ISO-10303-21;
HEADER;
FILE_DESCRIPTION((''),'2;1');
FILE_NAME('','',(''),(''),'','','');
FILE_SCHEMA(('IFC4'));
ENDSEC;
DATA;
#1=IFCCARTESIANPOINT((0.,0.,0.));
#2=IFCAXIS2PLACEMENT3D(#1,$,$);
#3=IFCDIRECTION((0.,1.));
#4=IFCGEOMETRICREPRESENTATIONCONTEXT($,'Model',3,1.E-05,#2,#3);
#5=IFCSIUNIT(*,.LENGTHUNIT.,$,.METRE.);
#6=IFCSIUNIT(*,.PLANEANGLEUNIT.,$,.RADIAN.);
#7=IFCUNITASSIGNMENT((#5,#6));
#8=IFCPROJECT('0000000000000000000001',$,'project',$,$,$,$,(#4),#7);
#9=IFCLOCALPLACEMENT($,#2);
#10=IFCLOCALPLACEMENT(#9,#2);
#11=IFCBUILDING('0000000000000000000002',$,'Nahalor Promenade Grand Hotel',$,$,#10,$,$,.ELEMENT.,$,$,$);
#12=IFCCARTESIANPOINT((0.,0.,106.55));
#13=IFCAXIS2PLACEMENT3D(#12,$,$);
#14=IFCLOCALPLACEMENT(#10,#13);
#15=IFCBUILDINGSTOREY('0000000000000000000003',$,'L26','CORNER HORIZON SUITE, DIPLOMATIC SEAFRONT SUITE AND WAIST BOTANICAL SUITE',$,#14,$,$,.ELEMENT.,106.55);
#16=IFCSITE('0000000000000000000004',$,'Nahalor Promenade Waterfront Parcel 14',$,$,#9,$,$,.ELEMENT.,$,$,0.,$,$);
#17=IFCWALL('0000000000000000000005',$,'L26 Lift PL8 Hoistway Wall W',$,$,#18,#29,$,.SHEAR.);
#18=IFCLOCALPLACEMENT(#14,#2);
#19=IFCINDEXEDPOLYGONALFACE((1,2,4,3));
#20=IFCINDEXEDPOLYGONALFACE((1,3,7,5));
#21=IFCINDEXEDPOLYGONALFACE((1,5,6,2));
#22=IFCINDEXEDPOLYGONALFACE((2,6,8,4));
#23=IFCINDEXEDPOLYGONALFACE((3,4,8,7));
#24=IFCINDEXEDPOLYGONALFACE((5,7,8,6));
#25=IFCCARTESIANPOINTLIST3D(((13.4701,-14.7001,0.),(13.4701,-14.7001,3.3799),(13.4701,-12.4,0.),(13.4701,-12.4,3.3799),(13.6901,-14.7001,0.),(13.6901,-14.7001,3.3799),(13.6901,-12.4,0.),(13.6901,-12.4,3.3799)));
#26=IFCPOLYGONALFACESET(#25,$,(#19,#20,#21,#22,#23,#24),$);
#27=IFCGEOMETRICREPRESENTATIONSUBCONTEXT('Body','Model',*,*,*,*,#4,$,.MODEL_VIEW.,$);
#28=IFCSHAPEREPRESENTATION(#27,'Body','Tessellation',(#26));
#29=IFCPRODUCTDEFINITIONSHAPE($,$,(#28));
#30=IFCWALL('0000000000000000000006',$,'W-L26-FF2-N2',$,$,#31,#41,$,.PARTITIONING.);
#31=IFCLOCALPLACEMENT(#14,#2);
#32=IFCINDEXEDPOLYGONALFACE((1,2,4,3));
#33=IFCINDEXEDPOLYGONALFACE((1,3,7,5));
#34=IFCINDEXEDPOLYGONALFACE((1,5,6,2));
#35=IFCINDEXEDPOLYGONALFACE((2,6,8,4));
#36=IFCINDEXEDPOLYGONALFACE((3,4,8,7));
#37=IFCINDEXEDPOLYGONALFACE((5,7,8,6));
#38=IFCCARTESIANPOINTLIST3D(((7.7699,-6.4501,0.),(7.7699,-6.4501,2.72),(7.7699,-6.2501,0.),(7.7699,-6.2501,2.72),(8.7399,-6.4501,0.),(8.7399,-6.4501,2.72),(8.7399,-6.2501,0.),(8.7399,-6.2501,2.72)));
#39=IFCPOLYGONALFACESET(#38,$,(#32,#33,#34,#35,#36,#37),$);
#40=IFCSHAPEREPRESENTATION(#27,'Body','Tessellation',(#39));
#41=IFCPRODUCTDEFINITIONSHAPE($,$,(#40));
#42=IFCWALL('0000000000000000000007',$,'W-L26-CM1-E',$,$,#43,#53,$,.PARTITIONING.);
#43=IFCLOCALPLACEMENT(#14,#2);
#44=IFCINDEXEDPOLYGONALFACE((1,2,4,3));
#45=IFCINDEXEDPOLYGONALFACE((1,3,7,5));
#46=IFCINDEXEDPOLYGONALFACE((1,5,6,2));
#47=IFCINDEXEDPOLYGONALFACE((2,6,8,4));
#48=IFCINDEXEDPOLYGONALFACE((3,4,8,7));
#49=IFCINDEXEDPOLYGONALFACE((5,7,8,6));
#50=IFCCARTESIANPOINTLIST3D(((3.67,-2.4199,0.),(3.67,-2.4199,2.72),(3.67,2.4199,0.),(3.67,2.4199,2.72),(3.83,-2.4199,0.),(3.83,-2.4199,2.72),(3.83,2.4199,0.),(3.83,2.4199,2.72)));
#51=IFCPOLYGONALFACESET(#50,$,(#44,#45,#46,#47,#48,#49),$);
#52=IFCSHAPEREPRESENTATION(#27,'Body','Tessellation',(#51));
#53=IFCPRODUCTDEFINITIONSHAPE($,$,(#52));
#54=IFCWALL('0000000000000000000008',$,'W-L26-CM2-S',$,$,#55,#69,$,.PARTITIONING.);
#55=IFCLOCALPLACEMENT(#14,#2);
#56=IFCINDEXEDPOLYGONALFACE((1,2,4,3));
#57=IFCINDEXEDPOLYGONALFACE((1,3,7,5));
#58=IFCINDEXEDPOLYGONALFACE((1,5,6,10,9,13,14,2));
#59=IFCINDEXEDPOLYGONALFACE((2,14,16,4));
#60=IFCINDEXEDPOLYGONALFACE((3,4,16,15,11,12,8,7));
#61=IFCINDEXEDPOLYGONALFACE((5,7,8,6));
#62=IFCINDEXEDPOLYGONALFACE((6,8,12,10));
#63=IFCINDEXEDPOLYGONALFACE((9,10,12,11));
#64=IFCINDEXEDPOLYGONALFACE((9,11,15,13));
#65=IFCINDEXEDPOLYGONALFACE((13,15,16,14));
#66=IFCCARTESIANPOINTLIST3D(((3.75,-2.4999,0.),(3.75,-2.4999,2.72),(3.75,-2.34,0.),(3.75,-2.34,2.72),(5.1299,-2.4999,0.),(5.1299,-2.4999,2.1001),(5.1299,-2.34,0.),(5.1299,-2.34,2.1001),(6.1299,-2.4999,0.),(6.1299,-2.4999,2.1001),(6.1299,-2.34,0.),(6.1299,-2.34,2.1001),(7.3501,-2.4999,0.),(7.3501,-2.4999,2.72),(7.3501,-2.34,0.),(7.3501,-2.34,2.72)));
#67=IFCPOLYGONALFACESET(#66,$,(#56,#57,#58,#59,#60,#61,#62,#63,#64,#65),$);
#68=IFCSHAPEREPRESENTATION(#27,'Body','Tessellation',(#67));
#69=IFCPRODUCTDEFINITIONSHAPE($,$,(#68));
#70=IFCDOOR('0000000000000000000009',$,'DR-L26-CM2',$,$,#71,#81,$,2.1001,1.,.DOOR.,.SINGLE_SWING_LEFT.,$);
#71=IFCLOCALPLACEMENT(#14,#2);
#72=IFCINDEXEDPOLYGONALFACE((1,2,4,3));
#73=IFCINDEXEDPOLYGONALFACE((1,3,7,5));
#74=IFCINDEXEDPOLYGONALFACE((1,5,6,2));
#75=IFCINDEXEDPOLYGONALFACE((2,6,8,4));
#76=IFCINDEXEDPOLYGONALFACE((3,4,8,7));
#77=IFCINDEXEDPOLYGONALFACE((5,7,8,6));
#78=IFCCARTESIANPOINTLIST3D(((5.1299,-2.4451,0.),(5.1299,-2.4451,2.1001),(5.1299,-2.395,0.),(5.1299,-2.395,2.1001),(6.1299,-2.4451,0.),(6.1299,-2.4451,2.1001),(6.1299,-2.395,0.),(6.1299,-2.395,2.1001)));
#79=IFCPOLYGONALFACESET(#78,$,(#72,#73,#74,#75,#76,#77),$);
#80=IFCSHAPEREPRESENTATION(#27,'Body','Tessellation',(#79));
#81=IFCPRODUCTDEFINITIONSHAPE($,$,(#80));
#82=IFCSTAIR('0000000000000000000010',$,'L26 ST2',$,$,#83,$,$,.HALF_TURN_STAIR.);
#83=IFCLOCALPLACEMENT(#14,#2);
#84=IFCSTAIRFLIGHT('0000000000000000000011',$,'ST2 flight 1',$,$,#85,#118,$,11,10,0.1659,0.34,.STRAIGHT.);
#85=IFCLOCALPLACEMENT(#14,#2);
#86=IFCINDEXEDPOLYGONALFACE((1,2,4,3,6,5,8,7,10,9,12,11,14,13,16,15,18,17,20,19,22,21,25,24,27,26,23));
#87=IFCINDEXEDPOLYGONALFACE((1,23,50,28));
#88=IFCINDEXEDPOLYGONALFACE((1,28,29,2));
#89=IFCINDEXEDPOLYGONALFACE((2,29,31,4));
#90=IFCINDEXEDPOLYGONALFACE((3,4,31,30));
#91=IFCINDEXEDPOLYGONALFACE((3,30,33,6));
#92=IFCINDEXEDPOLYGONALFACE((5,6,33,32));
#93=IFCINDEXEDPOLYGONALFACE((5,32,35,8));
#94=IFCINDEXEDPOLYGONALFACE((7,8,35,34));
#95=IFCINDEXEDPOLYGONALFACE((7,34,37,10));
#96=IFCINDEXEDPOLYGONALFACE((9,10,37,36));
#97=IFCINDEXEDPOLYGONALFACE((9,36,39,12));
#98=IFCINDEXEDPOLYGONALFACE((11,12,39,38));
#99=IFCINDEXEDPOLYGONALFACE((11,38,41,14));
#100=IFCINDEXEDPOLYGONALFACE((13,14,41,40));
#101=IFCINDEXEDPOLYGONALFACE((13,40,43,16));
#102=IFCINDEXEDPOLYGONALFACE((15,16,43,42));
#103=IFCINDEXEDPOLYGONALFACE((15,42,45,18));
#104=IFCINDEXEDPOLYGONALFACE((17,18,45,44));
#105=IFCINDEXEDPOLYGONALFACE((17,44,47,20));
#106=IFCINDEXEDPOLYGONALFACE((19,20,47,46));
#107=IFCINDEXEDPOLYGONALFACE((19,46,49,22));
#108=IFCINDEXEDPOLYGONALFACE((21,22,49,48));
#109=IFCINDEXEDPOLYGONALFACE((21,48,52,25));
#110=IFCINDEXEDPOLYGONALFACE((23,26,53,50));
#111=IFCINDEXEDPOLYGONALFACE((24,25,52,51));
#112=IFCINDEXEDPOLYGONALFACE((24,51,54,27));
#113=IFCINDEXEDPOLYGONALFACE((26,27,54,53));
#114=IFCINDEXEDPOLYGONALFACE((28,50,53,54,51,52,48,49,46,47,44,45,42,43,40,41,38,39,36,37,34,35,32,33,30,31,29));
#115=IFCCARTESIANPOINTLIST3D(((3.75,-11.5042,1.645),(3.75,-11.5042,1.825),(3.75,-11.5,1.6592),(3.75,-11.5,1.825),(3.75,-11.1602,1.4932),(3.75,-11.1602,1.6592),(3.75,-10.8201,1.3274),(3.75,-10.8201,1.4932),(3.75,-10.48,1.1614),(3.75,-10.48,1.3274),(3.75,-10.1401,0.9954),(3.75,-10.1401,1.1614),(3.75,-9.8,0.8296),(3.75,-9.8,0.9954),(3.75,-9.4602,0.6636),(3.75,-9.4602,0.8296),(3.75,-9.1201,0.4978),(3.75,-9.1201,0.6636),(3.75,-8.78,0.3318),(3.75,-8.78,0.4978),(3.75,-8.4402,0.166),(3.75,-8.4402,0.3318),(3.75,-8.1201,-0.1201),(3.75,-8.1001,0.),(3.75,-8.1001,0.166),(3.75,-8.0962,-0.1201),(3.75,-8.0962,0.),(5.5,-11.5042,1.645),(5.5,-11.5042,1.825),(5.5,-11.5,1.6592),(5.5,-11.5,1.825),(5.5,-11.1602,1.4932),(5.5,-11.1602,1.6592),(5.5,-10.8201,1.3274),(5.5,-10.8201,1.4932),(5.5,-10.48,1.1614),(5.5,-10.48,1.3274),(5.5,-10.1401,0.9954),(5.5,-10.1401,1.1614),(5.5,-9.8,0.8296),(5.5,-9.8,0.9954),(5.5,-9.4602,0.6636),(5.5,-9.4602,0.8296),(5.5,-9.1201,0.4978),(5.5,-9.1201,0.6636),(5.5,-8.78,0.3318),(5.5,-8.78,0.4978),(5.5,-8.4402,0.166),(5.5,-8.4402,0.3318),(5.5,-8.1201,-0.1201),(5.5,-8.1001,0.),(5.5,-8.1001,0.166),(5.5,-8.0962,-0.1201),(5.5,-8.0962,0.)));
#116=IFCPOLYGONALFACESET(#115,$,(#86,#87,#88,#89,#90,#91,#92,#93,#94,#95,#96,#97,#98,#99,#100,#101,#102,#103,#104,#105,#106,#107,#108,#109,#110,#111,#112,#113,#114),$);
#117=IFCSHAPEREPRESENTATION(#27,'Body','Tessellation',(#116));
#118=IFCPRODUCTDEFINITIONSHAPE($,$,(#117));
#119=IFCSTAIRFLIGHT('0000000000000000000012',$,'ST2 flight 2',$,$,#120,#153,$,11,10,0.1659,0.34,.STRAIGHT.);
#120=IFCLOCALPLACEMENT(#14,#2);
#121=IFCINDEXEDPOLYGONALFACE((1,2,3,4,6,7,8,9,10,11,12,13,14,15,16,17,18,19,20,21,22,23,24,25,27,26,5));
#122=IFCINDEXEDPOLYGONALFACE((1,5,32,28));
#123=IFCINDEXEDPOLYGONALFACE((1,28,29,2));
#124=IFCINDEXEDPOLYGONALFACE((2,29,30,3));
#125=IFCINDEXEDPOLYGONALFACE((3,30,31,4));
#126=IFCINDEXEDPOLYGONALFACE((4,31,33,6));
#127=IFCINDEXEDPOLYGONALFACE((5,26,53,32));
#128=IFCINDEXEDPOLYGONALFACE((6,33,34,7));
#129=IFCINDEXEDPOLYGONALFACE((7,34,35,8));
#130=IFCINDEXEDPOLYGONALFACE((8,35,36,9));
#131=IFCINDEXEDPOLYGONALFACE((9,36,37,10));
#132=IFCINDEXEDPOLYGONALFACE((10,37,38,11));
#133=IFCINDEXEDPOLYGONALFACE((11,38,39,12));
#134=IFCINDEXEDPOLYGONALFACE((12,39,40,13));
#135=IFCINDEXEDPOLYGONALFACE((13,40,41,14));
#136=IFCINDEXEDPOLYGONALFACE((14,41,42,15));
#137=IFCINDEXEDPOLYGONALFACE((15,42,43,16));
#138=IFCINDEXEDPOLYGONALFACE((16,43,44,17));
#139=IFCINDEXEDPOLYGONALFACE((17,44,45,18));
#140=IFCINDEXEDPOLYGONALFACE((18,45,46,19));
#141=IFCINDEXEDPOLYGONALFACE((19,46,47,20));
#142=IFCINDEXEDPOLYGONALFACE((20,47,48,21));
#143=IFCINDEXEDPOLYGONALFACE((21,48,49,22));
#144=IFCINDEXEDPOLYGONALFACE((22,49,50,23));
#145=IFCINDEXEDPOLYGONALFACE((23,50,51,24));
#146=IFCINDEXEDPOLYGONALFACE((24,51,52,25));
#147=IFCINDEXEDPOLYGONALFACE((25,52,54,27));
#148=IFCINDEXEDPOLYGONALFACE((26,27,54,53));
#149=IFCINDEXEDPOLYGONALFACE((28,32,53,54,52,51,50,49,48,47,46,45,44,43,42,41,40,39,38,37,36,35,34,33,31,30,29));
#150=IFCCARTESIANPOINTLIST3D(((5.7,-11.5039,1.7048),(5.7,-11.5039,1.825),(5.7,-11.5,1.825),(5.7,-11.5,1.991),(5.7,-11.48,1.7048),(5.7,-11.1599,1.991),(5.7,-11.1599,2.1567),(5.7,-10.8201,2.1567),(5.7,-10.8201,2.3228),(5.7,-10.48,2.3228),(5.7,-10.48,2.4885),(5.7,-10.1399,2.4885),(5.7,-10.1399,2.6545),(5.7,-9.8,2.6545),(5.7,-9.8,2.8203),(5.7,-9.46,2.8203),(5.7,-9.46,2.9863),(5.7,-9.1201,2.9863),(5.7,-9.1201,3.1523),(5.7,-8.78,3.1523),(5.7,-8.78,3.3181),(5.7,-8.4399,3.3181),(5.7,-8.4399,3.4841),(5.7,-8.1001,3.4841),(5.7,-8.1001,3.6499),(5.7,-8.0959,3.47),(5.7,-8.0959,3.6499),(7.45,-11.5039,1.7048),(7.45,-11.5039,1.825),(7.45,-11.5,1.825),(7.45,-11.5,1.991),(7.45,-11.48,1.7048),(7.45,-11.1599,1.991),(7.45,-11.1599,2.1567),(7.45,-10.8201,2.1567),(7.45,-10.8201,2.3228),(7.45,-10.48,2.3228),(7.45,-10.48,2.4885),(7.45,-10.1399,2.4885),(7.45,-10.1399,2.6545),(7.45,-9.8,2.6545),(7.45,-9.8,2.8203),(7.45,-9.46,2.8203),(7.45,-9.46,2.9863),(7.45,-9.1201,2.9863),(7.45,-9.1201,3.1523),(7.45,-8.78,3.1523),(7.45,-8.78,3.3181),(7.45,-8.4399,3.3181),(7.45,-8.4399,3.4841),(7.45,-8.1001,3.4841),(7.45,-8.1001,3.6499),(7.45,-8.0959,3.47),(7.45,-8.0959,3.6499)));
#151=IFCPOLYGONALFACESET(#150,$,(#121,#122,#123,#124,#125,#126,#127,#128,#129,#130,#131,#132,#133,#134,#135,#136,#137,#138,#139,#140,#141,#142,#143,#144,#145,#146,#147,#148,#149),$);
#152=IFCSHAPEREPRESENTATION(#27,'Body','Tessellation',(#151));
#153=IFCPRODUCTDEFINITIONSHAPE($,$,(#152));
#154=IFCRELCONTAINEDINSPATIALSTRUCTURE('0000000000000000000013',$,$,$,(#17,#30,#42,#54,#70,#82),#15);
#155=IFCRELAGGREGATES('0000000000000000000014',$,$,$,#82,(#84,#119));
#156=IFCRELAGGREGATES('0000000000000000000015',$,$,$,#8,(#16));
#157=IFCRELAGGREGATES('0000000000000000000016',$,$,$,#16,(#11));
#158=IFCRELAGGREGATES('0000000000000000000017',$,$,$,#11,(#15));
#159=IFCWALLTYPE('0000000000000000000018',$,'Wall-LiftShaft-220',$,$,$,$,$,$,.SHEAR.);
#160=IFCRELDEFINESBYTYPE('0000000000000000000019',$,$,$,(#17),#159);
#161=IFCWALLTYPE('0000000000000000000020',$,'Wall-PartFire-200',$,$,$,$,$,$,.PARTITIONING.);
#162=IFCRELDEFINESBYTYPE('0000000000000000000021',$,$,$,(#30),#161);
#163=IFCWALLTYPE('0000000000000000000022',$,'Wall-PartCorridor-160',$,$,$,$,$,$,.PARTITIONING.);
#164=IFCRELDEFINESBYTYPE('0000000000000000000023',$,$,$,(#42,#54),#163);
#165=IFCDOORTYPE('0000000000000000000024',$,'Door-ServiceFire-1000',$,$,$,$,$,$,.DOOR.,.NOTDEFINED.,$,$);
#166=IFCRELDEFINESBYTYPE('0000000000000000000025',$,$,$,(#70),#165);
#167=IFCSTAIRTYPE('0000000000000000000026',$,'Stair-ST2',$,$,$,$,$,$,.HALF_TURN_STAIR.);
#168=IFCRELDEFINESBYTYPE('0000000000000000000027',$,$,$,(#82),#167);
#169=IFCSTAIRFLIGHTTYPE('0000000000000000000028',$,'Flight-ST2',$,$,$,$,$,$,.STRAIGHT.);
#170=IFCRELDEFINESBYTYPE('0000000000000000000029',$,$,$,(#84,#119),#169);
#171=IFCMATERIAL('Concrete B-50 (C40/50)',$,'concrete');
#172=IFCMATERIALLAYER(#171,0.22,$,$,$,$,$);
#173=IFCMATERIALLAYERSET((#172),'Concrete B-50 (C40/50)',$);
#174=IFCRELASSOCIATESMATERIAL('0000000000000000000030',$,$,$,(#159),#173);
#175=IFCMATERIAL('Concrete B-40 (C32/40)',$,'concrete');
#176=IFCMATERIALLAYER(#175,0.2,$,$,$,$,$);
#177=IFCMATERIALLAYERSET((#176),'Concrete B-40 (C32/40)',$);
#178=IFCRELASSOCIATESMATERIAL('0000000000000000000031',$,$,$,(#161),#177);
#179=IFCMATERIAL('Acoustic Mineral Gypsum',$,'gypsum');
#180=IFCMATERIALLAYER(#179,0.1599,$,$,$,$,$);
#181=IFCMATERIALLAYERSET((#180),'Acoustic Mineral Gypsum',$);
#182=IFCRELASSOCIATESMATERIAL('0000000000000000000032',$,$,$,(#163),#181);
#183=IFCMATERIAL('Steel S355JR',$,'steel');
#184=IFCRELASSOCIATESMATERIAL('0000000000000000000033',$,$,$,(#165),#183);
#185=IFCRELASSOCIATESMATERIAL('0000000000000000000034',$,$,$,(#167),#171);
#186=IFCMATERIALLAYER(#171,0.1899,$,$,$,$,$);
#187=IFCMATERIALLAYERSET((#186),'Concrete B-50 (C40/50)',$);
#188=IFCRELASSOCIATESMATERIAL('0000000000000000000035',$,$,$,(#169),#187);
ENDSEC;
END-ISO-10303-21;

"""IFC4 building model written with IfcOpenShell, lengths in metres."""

from ifc_helpers import new_model, si_unit, direction, frame, frame_2d, origin, place, context, subcontext, project, spatial, polyline, rectangle, outline, extrude, source, transform, mapped, material, layer, layer_set, type_object, element, fill, aggregate, save


model = new_model("IFC4")

# Units and contexts
model_context = context("Model", 3, precision=1e-05, world=origin(), true_north=direction((0.0, 1.0)))
body_context = subcontext(model_context, "Body", "Model", "MODEL_VIEW")
ifc_project = project(units=[si_unit("LENGTHUNIT", "METRE"), si_unit("PLANEANGLEUNIT", "RADIAN")], contexts=[model_context])

# Site, building, storey
site_placement = place(None, origin())
site = spatial("IfcSite", under=ifc_project, at=site_placement, Name="Nahalor Promenade Waterfront Parcel 14", CompositionType="ELEMENT", RefElevation=0.0)
building_placement = place(site_placement, origin())
building = spatial("IfcBuilding", under=site, at=building_placement, Name="Nahalor Promenade Grand Hotel", CompositionType="ELEMENT")
storey_placement = place(building_placement, frame((0.0, 0.0, 106.55)))
storey = spatial("IfcBuildingStorey", under=building, at=storey_placement, Name="L26", Description="CORNER HORIZON SUITE, DIPLOMATIC SEAFRONT SUITE AND WAIST BOTANICAL SUITE", CompositionType="ELEMENT", Elevation=106.55)

# Shared definitions
ifc_material_1 = material(Name="Steel S355JR", Category="steel")

# Walls
ifc_material_2 = material(Name="Concrete B-50 (C40/50)", Category="concrete")
ifc_layer_1 = layer(ifc_material_2, 0.22)
ifc_layer_set_1 = layer_set([ifc_layer_1], Name="Concrete B-50 (C40/50)")
wall_type_1 = type_object("IfcWallType", Name="Wall-LiftShaft-220", PredefinedType="SHEAR", material=ifc_layer_set_1)
shared_shape_1 = source(origin(), body_context, "Body", "SweptSolid", [
    extrude(rectangle(XDim=2.3, YDim=0.22, at=frame_2d((1.1499, 0.0))), origin(), (0.0, 0.0, 1.0), 3.3799),
])
wall_1_placement = place(storey_placement, frame((13.5801, -14.7, 0.0), z_axis=(0.0, 0.0, 1.0), x_axis=(0.0, 1.0, 0.0)))
element("IfcWall", 1, at=wall_1_placement, inside=storey, type_object=wall_type_1, Name="L26 Lift PL8 Hoistway Wall W", PredefinedType="SHEAR", context=body_context, shape_type="MappedRepresentation", body=[
    mapped(shared_shape_1, transform((0.0, 0.0, 0.0), scale=1.0)),
])
ifc_material_3 = material(Name="Concrete B-40 (C32/40)", Category="concrete")
ifc_layer_2 = layer(ifc_material_3, 0.2)
ifc_layer_set_2 = layer_set([ifc_layer_2], Name="Concrete B-40 (C32/40)")
wall_type_2 = type_object("IfcWallType", Name="Wall-PartFire-200", PredefinedType="PARTITIONING", material=ifc_layer_set_2)
shared_shape_2 = source(origin(), body_context, "Body", "SweptSolid", [
    extrude(rectangle(XDim=0.97, YDim=0.2, at=frame_2d((0.4849, 0.0))), origin(), (0.0, 0.0, 1.0), 2.72),
])
wall_2_placement = place(storey_placement, frame((7.77, -6.3501, 0.0), z_axis=(0.0, 0.0, 1.0), x_axis=(1.0, 0.0, 0.0)))
element("IfcWall", 2, at=wall_2_placement, inside=storey, type_object=wall_type_2, Name="W-L26-FF2-N2", PredefinedType="PARTITIONING", context=body_context, shape_type="MappedRepresentation", body=[
    mapped(shared_shape_2, transform((0.0, 0.0, 0.0), scale=1.0)),
])
ifc_material_4 = material(Name="Acoustic Mineral Gypsum", Category="gypsum")
ifc_layer_3 = layer(ifc_material_4, 0.1599)
ifc_layer_set_3 = layer_set([ifc_layer_3], Name="Acoustic Mineral Gypsum")
wall_type_3 = type_object("IfcWallType", Name="Wall-PartCorridor-160", PredefinedType="PARTITIONING", material=ifc_layer_set_3)
shared_shape_3 = source(origin(), body_context, "Body", "SweptSolid", [
    extrude(rectangle(XDim=4.8398, YDim=0.1599, at=frame_2d((2.4199, 0.0))), origin(), (0.0, 0.0, 1.0), 2.72),
])
wall_3_placement = place(storey_placement, frame((3.75, -2.4199, 0.0), z_axis=(0.0, 0.0, 1.0), x_axis=(0.0, 1.0, 0.0)))
element("IfcWall", 3, at=wall_3_placement, inside=storey, type_object=wall_type_3, Name="W-L26-CM1-E", PredefinedType="PARTITIONING", context=body_context, shape_type="MappedRepresentation", body=[
    mapped(shared_shape_3, transform((0.0, 0.0, 0.0), scale=1.0)),
])

# Wall, opening, door
shared_shape_4 = source(origin(), body_context, "Body", "SweptSolid", [
    extrude(rectangle(XDim=3.6001, YDim=0.1599, at=frame_2d((1.8, 0.0))), origin(), (0.0, 0.0, 1.0), 2.72),
])
wall_4_placement = place(storey_placement, frame((3.75, -2.4199, 0.0), z_axis=(0.0, 0.0, 1.0), x_axis=(1.0, 0.0, 0.0)))
wall_4 = element("IfcWall", 4, at=wall_4_placement, inside=storey, type_object=wall_type_3, Name="W-L26-CM2-S", PredefinedType="PARTITIONING", context=body_context, shape_type="MappedRepresentation", body=[
    mapped(shared_shape_4, transform((0.0, 0.0, 0.0), scale=1.0)),
])
opening_placement = place(wall_4_placement, frame((1.3799, 0.0, 0.0)))
opening = element("IfcOpeningElement", 5, at=opening_placement, cuts=wall_4, PredefinedType="OPENING", context=body_context, shape_type="SweptSolid", body=[
    extrude(rectangle(XDim=1.0, YDim=2.1001, at=frame_2d((0.5, 1.05))), frame((0.0, 0.0898, 0.0), z_axis=(0.0, -1.0, 0.0), x_axis=(1.0, 0.0, 0.0)), (0.0, 0.0, 1.0), 0.1799),
])
door_type = type_object("IfcDoorType", Name="Door-ServiceFire-1000", OperationType="NOTDEFINED", PredefinedType="DOOR", material=ifc_material_1)
shared_shape_5 = source(origin(), body_context, "Body", "SweptSolid", [
    extrude(rectangle(XDim=1.0, YDim=2.1001, at=frame_2d((0.5, 1.05))), frame((0.0, 0.0249, 0.0), z_axis=(0.0, -1.0, 0.0), x_axis=(1.0, 0.0, 0.0)), (0.0, 0.0, 1.0), 0.05),
])
door_placement = place(opening_placement, origin())
door = element("IfcDoor", 6, at=door_placement, inside=storey, type_object=door_type, Name="DR-L26-CM2", OperationType="SINGLE_SWING_LEFT", OverallHeight=2.1001, OverallWidth=1.0, PredefinedType="DOOR", context=body_context, shape_type="MappedRepresentation", body=[
    mapped(shared_shape_5, transform((0.0, 0.0, 0.0), scale=1.0)),
])
fill(opening, door)

# Stair, stair flights
stair_type = type_object("IfcStairType", Name="Stair-ST2", PredefinedType="HALF_TURN_STAIR", material=ifc_material_2)
stair_placement = place(storey_placement, origin())
stair = element("IfcStair", 7, at=stair_placement, inside=storey, type_object=stair_type, Name="L26 ST2", PredefinedType="HALF_TURN_STAIR")
ifc_layer_4 = layer(ifc_material_2, 0.1899)
ifc_layer_set_4 = layer_set([ifc_layer_4], Name="Concrete B-50 (C40/50)")
stair_flight_type = type_object("IfcStairFlightType", Name="Flight-ST2", PredefinedType="STRAIGHT", material=ifc_layer_set_4)
shared_shape_6 = source(origin(), body_context, "Body", "SweptSolid", [
    extrude(outline(polyline([(-0.0039, -0.1201), (-0.0039, 0.0), (0.0, 0.0), (0.0, 0.166), (0.3401, 0.166), (0.3401, 0.3318), (0.6799, 0.3318), (0.6799, 0.4978), (1.02, 0.4978), (1.02, 0.6636), (1.3601, 0.6636), (1.3601, 0.8296), (1.7, 0.8296), (1.7, 0.9954), (2.04, 0.9954), (2.04, 1.1614), (2.3799, 1.1614), (2.3799, 1.3274), (2.72, 1.3274), (2.72, 1.4932), (3.0601, 1.4932), (3.0601, 1.6592), (3.3999, 1.6592), (3.3999, 1.825), (3.4041, 1.825), (3.4041, 1.645), (0.02, -0.1201), (-0.0039, -0.1201)])), frame((0.0, 0.875, 0.0), z_axis=(0.0, -1.0, 0.0), x_axis=(1.0, 0.0, 0.0)), (0.0, 0.0, 1.0), 1.75),
])
stair_flight_1_placement = place(storey_placement, frame((4.625, -8.1001, 0.0), z_axis=(0.0, 0.0, 1.0), x_axis=(0.0, -1.0, 0.0)))
stair_flight_1 = element("IfcStairFlight", 8, at=stair_flight_1_placement, type_object=stair_flight_type, Name="ST2 flight 1", NumberOfRisers=11, NumberOfTreads=10, PredefinedType="STRAIGHT", RiserHeight=0.1659, TreadLength=0.34, context=body_context, shape_type="MappedRepresentation", body=[
    mapped(shared_shape_6, transform((0.0, 0.0, 0.0), scale=1.0)),
])
stair_flight_2_placement = place(storey_placement, frame((6.575, -11.5, 1.825), z_axis=(0.0, 0.0, 1.0), x_axis=(0.0, 1.0, 0.0)))
stair_flight_2 = element("IfcStairFlight", 9, at=stair_flight_2_placement, type_object=stair_flight_type, Name="ST2 flight 2", NumberOfRisers=11, NumberOfTreads=10, PredefinedType="STRAIGHT", RiserHeight=0.1659, TreadLength=0.34, context=body_context, shape_type="MappedRepresentation", body=[
    mapped(shared_shape_6, transform((0.0, 0.0, 0.0), scale=1.0)),
])
aggregate(stair, [stair_flight_1, stair_flight_2])

save(model, "model.ifc")
